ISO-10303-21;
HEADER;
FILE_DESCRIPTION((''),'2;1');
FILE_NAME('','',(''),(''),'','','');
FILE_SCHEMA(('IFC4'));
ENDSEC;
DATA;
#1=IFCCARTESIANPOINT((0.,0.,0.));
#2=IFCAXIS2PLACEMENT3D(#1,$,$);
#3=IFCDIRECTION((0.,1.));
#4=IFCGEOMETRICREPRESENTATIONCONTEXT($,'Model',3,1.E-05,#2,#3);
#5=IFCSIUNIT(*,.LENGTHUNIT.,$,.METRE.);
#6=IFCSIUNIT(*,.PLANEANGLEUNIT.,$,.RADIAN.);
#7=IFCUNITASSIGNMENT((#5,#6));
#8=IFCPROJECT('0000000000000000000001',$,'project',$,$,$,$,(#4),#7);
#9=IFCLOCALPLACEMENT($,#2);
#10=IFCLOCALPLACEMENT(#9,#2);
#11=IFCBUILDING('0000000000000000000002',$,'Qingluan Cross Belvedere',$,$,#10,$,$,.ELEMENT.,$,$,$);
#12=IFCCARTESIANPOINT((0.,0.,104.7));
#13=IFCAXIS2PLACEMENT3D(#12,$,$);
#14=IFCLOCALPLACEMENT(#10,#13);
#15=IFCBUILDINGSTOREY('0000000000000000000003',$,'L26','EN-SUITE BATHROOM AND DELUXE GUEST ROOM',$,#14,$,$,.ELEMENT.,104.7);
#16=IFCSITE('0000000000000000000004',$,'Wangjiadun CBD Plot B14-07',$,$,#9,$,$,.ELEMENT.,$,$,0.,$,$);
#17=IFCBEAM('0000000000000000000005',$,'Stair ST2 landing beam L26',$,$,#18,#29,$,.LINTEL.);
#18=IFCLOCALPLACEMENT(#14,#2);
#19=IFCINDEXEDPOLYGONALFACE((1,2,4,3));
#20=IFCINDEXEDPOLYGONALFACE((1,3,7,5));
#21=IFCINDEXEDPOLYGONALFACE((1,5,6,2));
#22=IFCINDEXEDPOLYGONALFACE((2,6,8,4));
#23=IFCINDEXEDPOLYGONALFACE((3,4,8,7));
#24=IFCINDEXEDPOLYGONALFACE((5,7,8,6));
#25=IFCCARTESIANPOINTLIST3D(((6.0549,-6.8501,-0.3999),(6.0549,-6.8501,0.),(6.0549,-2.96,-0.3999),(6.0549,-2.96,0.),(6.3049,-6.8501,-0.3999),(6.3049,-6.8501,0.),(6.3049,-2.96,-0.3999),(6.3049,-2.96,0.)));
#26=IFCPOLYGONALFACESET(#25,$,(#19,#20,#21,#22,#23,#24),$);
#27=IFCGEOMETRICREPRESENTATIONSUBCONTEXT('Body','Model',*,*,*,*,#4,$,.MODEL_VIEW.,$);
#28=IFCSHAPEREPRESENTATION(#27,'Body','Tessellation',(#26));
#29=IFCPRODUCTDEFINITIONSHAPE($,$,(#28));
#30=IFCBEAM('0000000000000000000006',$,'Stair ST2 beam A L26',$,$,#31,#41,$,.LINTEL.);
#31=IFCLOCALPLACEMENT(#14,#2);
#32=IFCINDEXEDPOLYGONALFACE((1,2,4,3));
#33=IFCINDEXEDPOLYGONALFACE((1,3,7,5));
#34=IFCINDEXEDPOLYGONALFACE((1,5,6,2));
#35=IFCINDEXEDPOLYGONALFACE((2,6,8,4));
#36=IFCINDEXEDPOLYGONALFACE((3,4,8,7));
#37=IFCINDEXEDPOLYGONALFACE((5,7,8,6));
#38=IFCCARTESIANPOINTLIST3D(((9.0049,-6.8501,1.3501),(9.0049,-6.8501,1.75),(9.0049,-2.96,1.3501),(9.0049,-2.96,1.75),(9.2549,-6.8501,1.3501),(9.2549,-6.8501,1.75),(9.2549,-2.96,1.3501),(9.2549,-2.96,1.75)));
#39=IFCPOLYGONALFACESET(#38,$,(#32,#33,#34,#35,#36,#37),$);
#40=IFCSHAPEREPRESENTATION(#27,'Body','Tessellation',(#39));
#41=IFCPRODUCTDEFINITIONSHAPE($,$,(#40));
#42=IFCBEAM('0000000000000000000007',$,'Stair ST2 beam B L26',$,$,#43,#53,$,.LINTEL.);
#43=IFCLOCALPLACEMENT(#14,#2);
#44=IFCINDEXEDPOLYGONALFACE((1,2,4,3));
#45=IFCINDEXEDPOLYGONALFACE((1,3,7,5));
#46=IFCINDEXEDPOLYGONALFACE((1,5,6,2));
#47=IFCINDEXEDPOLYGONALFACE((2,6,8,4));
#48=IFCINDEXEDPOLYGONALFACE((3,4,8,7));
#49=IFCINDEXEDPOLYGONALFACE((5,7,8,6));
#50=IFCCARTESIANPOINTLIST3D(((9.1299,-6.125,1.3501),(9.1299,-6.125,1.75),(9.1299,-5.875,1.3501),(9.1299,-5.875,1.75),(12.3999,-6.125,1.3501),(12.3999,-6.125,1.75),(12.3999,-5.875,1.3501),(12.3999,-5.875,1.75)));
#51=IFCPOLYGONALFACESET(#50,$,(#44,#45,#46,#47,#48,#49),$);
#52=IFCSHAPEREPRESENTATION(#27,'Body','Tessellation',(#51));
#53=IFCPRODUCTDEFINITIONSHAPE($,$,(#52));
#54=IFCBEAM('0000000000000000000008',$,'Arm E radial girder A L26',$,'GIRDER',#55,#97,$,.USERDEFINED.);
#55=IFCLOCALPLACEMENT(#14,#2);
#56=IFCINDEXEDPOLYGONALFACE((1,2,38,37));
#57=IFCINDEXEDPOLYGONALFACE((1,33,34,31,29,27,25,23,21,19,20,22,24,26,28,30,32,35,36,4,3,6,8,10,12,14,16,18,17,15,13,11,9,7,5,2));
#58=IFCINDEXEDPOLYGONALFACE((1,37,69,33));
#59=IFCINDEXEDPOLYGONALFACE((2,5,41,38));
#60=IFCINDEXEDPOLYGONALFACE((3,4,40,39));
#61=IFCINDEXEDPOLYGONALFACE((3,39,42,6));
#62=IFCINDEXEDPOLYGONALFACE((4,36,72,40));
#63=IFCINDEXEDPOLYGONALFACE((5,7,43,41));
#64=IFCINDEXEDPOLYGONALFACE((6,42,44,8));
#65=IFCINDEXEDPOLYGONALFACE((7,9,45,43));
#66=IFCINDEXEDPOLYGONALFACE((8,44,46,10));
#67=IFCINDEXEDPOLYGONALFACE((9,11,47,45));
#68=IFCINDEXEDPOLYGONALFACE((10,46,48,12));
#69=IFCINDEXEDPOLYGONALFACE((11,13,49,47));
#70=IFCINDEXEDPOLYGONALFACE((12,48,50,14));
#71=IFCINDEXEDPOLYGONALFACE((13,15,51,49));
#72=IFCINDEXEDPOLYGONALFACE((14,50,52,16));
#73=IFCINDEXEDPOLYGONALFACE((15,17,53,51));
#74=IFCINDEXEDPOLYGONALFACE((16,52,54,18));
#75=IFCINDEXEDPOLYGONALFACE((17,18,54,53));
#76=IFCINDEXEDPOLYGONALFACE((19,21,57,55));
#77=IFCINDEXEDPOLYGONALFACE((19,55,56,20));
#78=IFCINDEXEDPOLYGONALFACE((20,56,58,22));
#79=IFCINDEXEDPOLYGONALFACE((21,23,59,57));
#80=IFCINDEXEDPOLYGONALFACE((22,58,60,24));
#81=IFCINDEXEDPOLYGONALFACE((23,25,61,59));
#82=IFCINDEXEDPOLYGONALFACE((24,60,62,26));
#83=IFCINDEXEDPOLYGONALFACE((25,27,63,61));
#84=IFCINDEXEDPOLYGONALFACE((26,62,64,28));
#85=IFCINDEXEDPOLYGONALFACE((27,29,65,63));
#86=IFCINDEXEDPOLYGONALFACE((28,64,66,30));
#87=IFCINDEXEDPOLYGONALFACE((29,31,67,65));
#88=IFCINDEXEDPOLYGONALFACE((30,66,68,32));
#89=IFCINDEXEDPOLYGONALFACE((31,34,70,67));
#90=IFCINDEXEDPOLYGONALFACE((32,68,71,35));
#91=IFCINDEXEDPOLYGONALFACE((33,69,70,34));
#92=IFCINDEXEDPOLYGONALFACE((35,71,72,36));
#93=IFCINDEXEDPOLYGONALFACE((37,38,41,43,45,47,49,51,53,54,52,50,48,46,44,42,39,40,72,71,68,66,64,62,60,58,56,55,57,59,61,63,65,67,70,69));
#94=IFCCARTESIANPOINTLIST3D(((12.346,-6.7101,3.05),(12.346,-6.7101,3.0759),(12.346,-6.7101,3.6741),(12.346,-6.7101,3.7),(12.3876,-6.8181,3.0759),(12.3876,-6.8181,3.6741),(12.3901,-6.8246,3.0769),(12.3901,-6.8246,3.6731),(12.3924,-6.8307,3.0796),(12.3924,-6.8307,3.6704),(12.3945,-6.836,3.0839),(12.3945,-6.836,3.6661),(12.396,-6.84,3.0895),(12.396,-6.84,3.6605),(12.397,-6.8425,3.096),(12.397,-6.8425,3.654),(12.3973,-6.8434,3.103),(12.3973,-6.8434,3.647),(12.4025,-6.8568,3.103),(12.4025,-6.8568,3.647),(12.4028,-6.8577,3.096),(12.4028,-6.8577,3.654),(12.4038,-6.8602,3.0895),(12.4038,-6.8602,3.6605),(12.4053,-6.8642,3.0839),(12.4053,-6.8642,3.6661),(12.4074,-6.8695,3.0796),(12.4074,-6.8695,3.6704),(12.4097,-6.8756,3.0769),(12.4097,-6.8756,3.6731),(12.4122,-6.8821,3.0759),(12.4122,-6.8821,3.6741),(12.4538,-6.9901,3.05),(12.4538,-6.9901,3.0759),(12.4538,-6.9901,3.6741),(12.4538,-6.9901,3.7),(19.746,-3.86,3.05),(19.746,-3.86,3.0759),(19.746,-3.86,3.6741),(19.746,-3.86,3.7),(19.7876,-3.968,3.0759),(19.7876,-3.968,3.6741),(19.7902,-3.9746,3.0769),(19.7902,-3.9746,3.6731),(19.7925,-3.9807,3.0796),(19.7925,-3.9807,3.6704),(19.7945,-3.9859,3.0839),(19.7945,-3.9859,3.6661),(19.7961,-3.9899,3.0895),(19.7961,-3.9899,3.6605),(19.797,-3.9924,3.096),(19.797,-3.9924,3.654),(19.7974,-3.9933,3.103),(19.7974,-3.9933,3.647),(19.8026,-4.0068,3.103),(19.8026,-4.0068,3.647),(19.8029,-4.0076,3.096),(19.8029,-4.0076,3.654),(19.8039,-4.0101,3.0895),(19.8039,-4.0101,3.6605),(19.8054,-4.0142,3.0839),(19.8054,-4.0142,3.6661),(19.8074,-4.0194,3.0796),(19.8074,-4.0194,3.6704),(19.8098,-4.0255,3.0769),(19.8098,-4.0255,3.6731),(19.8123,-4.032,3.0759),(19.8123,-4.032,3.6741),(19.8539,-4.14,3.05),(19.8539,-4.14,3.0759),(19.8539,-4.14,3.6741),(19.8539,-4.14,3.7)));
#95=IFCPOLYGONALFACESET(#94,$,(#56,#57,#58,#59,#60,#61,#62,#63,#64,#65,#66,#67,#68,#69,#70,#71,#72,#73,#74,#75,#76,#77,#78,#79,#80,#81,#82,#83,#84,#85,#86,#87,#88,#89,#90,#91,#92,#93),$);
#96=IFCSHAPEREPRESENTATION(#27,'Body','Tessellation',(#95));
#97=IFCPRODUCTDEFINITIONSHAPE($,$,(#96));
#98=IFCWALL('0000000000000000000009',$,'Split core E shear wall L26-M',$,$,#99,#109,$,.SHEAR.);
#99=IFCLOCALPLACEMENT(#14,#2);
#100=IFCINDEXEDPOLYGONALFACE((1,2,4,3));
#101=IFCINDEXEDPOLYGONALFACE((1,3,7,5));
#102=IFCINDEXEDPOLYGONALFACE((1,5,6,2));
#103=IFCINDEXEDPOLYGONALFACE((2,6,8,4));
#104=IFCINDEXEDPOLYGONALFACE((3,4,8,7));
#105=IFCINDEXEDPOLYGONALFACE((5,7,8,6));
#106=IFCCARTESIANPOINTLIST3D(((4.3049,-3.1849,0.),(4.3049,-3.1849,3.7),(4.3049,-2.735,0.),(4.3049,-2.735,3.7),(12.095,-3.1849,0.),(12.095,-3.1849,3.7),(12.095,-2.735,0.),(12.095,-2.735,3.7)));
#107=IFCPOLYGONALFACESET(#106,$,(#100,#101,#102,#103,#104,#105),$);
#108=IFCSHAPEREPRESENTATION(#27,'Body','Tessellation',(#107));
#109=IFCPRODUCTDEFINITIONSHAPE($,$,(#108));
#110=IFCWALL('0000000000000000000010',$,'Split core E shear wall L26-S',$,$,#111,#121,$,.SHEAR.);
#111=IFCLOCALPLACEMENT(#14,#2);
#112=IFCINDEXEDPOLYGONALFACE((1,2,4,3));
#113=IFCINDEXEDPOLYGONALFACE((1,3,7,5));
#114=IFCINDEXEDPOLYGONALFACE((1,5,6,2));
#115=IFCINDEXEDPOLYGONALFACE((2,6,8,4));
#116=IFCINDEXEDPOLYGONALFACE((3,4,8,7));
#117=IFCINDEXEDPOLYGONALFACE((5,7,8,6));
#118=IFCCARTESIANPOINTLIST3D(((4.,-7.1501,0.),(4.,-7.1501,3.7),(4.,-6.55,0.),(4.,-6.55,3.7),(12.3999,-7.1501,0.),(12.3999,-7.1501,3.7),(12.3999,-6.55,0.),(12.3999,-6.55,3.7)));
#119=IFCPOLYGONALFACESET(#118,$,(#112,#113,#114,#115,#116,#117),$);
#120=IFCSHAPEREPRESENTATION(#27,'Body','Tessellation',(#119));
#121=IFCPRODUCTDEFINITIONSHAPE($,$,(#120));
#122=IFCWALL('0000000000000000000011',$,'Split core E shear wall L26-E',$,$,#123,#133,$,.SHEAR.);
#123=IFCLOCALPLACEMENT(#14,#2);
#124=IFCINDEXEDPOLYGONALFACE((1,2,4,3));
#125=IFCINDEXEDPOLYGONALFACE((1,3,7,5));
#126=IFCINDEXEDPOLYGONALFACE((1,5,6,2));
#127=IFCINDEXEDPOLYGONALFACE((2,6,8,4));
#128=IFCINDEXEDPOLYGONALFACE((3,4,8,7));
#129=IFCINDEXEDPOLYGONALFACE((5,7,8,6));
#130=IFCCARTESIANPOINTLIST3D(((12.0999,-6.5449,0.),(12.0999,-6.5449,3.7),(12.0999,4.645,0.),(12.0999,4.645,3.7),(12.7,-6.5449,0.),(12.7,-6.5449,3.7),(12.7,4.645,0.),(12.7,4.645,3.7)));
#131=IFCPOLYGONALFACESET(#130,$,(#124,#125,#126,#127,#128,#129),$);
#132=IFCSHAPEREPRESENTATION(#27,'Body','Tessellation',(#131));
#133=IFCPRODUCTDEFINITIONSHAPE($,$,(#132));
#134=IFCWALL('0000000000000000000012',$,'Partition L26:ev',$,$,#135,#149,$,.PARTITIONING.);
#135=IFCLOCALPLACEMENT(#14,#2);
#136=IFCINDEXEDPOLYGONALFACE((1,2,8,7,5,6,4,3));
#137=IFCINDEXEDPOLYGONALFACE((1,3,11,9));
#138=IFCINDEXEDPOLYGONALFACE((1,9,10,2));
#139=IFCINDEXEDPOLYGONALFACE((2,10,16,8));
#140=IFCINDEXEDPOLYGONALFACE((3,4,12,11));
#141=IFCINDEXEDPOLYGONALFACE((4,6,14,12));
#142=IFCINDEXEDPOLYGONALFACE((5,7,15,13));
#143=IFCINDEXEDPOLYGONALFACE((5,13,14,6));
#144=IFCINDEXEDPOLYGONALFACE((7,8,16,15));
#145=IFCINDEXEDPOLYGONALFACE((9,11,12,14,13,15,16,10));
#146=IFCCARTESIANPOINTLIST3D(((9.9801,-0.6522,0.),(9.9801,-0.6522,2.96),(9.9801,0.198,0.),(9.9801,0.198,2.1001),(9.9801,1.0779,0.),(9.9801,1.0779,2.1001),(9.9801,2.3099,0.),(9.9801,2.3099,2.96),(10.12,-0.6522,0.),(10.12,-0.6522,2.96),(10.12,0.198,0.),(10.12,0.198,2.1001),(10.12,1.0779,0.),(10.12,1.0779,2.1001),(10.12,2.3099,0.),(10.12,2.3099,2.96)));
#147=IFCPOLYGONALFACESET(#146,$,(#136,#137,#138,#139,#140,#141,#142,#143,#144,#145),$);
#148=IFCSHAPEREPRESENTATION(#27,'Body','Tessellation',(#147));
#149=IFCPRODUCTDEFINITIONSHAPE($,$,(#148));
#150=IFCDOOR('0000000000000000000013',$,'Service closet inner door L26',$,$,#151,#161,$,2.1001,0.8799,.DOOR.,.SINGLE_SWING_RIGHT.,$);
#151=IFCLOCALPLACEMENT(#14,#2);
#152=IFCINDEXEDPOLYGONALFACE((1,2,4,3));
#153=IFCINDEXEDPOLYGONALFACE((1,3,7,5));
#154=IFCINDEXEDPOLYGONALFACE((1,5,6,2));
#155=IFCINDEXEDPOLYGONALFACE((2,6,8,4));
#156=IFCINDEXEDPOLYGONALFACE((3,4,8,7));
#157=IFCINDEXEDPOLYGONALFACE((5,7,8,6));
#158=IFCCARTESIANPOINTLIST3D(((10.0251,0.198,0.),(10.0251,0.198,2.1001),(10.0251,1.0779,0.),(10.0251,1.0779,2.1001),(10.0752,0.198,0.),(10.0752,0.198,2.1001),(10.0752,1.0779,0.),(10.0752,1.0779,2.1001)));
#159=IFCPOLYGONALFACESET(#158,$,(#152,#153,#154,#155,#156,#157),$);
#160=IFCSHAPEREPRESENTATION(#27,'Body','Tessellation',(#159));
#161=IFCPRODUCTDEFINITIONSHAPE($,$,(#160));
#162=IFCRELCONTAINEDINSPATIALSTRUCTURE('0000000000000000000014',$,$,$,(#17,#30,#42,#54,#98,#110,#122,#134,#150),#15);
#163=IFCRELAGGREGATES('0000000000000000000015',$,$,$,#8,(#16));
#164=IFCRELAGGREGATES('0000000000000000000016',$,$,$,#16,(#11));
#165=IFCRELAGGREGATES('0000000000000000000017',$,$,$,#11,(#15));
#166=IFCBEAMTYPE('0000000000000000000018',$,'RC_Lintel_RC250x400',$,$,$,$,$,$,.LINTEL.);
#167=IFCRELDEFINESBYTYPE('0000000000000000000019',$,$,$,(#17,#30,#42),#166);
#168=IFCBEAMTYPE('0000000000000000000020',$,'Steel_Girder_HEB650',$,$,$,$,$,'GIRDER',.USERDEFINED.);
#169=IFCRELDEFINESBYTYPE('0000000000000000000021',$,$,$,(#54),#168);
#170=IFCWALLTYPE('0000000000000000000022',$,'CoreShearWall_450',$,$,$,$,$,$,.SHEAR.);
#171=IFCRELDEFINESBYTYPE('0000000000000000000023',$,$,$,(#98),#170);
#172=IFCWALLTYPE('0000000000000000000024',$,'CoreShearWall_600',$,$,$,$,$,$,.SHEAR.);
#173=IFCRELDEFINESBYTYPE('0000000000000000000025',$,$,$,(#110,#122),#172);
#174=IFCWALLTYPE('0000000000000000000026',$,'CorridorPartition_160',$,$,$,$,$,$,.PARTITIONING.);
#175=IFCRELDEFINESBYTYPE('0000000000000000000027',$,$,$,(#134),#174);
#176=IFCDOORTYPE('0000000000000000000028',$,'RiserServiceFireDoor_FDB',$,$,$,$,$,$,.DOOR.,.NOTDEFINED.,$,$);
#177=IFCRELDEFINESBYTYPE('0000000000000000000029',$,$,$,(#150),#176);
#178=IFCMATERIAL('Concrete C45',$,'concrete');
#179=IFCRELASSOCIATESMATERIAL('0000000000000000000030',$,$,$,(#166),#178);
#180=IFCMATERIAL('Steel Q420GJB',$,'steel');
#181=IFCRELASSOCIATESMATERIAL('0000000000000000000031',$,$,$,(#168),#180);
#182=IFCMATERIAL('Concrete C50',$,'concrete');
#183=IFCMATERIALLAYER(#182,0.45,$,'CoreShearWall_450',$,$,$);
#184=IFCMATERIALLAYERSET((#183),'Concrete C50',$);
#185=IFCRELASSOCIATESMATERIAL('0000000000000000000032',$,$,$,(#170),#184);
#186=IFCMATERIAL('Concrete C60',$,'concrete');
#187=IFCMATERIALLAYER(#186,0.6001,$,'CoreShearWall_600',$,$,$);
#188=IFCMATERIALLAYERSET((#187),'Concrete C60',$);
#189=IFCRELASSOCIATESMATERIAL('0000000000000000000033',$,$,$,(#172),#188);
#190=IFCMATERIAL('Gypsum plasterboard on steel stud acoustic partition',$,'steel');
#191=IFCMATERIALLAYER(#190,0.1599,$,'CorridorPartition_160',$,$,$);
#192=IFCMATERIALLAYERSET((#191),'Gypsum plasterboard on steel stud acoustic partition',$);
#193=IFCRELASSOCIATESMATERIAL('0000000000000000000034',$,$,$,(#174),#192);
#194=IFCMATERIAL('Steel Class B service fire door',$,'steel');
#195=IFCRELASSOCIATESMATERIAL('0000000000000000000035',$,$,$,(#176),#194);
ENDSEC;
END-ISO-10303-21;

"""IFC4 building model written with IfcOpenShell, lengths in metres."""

from ifc_helpers import new_model, si_unit, direction, frame, frame_2d, origin, origin_2d, place, context, subcontext, project, spatial, rectangle, i_section, extrude, material, layer, layer_set, material_profile, profile_set, type_object, element, fill, save


model = new_model("IFC4")

# Units and contexts
model_context = context("Model", 3, precision=1e-05, world=origin(), true_north=direction((0.0, 1.0)))
body_context = subcontext(model_context, "Body", "Model", "MODEL_VIEW")
ifc_project = project(units=[si_unit("LENGTHUNIT", "METRE"), si_unit("PLANEANGLEUNIT", "RADIAN")], contexts=[model_context])

# Site, building, storey
site_placement = place(None, origin())
site = spatial("IfcSite", under=ifc_project, at=site_placement, Name="Wangjiadun CBD Plot B14-07", CompositionType="ELEMENT", RefElevation=0.0)
building_placement = place(site_placement, origin())
building = spatial("IfcBuilding", under=site, at=building_placement, Name="Qingluan Cross Belvedere", CompositionType="ELEMENT")
storey_placement = place(building_placement, frame((0.0, 0.0, 104.7)))
storey = spatial("IfcBuildingStorey", under=building, at=storey_placement, Name="L26", Description="EN-SUITE BATHROOM AND DELUXE GUEST ROOM", CompositionType="ELEMENT", Elevation=104.7)

# Beams
ifc_material_1 = material(Name="Concrete C45", Category="concrete")
ifc_material_profile_1 = material_profile(ifc_material_1, rectangle(XDim=0.25, YDim=0.3999, at=origin_2d()), Name="RC250x400")
ifc_profile_set_1 = profile_set([ifc_material_profile_1], Name="Concrete C45")
beam_type_1 = type_object("IfcBeamType", Name="RC_Lintel_RC250x400", PredefinedType="LINTEL", material=ifc_profile_set_1)
for number, where, z_axis, x_axis, name in (
    (1, (6.1799, -6.8501, -0.2), (0.0, 1.0, 0.0), (-1.0, 0.0, 0.0), "Stair ST2 landing beam L26"),
    (2, (9.1299, -6.8501, 1.55), (0.0, 1.0, 0.0), (-1.0, 0.0, 0.0), "Stair ST2 beam A L26"),
):
    element("IfcBeam", number, at=place(storey_placement, frame(where, z_axis=z_axis, x_axis=x_axis)), inside=storey, type_object=beam_type_1, Name=name, PredefinedType="LINTEL", context=body_context, shape_type="SweptSolid", body=[
        extrude(rectangle(XDim=0.25, YDim=0.3999, at=origin_2d()), origin(), (0.0, 0.0, 1.0), 3.8901),
    ])
beam_1_placement = place(storey_placement, frame((12.3999, -6.0, 1.55), z_axis=(-1.0, 0.0, 0.0), x_axis=(0.0, -1.0, 0.0)))
element("IfcBeam", 3, at=beam_1_placement, inside=storey, type_object=beam_type_1, Name="Stair ST2 beam B L26", PredefinedType="LINTEL", context=body_context, shape_type="SweptSolid", body=[
    extrude(rectangle(XDim=0.25, YDim=0.3999, at=origin_2d()), origin(), (0.0, 0.0, 1.0), 3.27),
])
ifc_material_2 = material(Name="Steel Q420GJB", Category="steel")
ifc_material_profile_2 = material_profile(ifc_material_2, i_section(OverallWidth=0.3, OverallDepth=0.6499, WebThickness=0.0144, FlangeThickness=0.0259, FilletRadius=0.0271, at=origin_2d()), Name="HEB650")
ifc_profile_set_2 = profile_set([ifc_material_profile_2], Name="Steel Q420GJB")
beam_type_2 = type_object("IfcBeamType", Name="Steel_Girder_HEB650", ElementType="GIRDER", PredefinedType="USERDEFINED", material=ifc_profile_set_2)
beam_2_placement = place(storey_placement, frame((12.3999, -6.8501, 3.375), z_axis=(0.933181, 0.359406, 0.0), x_axis=(-0.359406, 0.933181, 0.0)))
element("IfcBeam", 4, at=beam_2_placement, inside=storey, type_object=beam_type_2, Name="Arm E radial girder A L26", ObjectType="GIRDER", PredefinedType="USERDEFINED", context=body_context, shape_type="SweptSolid", body=[
    extrude(i_section(OverallWidth=0.3, OverallDepth=0.6499, WebThickness=0.0144, FlangeThickness=0.0259, FilletRadius=0.0271, at=origin_2d()), origin(), (0.0, 0.0, 1.0), 7.9299),
])

# Walls
ifc_material_3 = material(Name="Concrete C50", Category="concrete")
ifc_layer_1 = layer(ifc_material_3, 0.45, Name="CoreShearWall_450")
ifc_layer_set_1 = layer_set([ifc_layer_1], Name="Concrete C50")
wall_type_1 = type_object("IfcWallType", Name="CoreShearWall_450", PredefinedType="SHEAR", material=ifc_layer_set_1)
wall_1_placement = place(storey_placement, frame((4.3049, -2.96, 0.0), z_axis=(0.0, 0.0, 1.0), x_axis=(1.0, 0.0, 0.0)))
element("IfcWall", 5, at=wall_1_placement, inside=storey, type_object=wall_type_1, Name="Split core E shear wall L26-M", PredefinedType="SHEAR", context=body_context, shape_type="SweptSolid", body=[
    extrude(rectangle(XDim=7.79, YDim=0.45, at=frame_2d((3.895, 0.0))), origin(), (0.0, 0.0, 1.0), 3.7),
])
ifc_material_4 = material(Name="Concrete C60", Category="concrete")
ifc_layer_2 = layer(ifc_material_4, 0.6001, Name="CoreShearWall_600")
ifc_layer_set_2 = layer_set([ifc_layer_2], Name="Concrete C60")
wall_type_2 = type_object("IfcWallType", Name="CoreShearWall_600", PredefinedType="SHEAR", material=ifc_layer_set_2)
wall_2_placement = place(storey_placement, frame((4.0, -6.8501, 0.0), z_axis=(0.0, 0.0, 1.0), x_axis=(1.0, 0.0, 0.0)))
element("IfcWall", 6, at=wall_2_placement, inside=storey, type_object=wall_type_2, Name="Split core E shear wall L26-S", PredefinedType="SHEAR", context=body_context, shape_type="SweptSolid", body=[
    extrude(rectangle(XDim=8.3999, YDim=0.6001, at=frame_2d((4.2, 0.0))), origin(), (0.0, 0.0, 1.0), 3.7),
])

# Wall
wall_3_placement = place(storey_placement, frame((12.3999, -6.5449, 0.0), z_axis=(0.0, 0.0, 1.0), x_axis=(0.0, 1.0, 0.0)))
element("IfcWall", 7, at=wall_3_placement, inside=storey, type_object=wall_type_2, Name="Split core E shear wall L26-E", PredefinedType="SHEAR", context=body_context, shape_type="SweptSolid", body=[
    extrude(rectangle(XDim=11.1899, YDim=0.6001, at=frame_2d((5.595, 0.0))), origin(), (0.0, 0.0, 1.0), 3.7),
])

# Wall, opening, door
ifc_material_5 = material(Name="Gypsum plasterboard on steel stud acoustic partition", Category="steel")
ifc_layer_3 = layer(ifc_material_5, 0.1599, Name="CorridorPartition_160")
ifc_layer_set_3 = layer_set([ifc_layer_3], Name="Gypsum plasterboard on steel stud acoustic partition")
wall_type_3 = type_object("IfcWallType", Name="CorridorPartition_160", PredefinedType="PARTITIONING", material=ifc_layer_set_3)
wall_4_placement = place(storey_placement, frame((10.05, -0.6521, 0.0), z_axis=(0.0, 0.0, 1.0), x_axis=(0.0, 1.0, 0.0)))
wall_4 = element("IfcWall", 8, at=wall_4_placement, inside=storey, type_object=wall_type_3, Name="Partition L26:ev", PredefinedType="PARTITIONING", context=body_context, shape_type="SweptSolid", body=[
    extrude(rectangle(XDim=2.9622, YDim=0.1399, at=frame_2d((1.481, 0.0))), origin(), (0.0, 0.0, 1.0), 2.96),
])
opening_1_placement = place(wall_4_placement, frame((0.8501, 0.0, 0.0)))
opening_1 = element("IfcOpeningElement", 9, at=opening_1_placement, cuts=wall_4, PredefinedType="OPENING", context=body_context, shape_type="SweptSolid", body=[
    extrude(rectangle(XDim=0.8799, YDim=2.1001, at=frame_2d((0.4399, 1.05))), frame((0.0, 0.0798, 0.0), z_axis=(0.0, -1.0, 0.0), x_axis=(1.0, 0.0, 0.0)), (0.0, 0.0, 1.0), 0.1599),
])
ifc_material_6 = material(Name="Steel Class B service fire door", Category="steel")
door_type_1 = type_object("IfcDoorType", Name="RiserServiceFireDoor_FDB", OperationType="NOTDEFINED", PredefinedType="DOOR", material=ifc_material_6)
door_1_placement = place(opening_1_placement, origin())
door_1 = element("IfcDoor", 10, at=door_1_placement, inside=storey, type_object=door_type_1, Name="Service closet inner door L26", OperationType="SINGLE_SWING_RIGHT", OverallHeight=2.1001, OverallWidth=0.8799, PredefinedType="DOOR", context=body_context, shape_type="SweptSolid", body=[
    extrude(rectangle(XDim=0.8799, YDim=2.1001, at=frame_2d((0.4399, 1.05))), frame((0.0, 0.0249, 0.0), z_axis=(0.0, -1.0, 0.0), x_axis=(1.0, 0.0, 0.0)), (0.0, 0.0, 1.0), 0.05),
])
fill(opening_1, door_1)

save(model, "model.ifc")
